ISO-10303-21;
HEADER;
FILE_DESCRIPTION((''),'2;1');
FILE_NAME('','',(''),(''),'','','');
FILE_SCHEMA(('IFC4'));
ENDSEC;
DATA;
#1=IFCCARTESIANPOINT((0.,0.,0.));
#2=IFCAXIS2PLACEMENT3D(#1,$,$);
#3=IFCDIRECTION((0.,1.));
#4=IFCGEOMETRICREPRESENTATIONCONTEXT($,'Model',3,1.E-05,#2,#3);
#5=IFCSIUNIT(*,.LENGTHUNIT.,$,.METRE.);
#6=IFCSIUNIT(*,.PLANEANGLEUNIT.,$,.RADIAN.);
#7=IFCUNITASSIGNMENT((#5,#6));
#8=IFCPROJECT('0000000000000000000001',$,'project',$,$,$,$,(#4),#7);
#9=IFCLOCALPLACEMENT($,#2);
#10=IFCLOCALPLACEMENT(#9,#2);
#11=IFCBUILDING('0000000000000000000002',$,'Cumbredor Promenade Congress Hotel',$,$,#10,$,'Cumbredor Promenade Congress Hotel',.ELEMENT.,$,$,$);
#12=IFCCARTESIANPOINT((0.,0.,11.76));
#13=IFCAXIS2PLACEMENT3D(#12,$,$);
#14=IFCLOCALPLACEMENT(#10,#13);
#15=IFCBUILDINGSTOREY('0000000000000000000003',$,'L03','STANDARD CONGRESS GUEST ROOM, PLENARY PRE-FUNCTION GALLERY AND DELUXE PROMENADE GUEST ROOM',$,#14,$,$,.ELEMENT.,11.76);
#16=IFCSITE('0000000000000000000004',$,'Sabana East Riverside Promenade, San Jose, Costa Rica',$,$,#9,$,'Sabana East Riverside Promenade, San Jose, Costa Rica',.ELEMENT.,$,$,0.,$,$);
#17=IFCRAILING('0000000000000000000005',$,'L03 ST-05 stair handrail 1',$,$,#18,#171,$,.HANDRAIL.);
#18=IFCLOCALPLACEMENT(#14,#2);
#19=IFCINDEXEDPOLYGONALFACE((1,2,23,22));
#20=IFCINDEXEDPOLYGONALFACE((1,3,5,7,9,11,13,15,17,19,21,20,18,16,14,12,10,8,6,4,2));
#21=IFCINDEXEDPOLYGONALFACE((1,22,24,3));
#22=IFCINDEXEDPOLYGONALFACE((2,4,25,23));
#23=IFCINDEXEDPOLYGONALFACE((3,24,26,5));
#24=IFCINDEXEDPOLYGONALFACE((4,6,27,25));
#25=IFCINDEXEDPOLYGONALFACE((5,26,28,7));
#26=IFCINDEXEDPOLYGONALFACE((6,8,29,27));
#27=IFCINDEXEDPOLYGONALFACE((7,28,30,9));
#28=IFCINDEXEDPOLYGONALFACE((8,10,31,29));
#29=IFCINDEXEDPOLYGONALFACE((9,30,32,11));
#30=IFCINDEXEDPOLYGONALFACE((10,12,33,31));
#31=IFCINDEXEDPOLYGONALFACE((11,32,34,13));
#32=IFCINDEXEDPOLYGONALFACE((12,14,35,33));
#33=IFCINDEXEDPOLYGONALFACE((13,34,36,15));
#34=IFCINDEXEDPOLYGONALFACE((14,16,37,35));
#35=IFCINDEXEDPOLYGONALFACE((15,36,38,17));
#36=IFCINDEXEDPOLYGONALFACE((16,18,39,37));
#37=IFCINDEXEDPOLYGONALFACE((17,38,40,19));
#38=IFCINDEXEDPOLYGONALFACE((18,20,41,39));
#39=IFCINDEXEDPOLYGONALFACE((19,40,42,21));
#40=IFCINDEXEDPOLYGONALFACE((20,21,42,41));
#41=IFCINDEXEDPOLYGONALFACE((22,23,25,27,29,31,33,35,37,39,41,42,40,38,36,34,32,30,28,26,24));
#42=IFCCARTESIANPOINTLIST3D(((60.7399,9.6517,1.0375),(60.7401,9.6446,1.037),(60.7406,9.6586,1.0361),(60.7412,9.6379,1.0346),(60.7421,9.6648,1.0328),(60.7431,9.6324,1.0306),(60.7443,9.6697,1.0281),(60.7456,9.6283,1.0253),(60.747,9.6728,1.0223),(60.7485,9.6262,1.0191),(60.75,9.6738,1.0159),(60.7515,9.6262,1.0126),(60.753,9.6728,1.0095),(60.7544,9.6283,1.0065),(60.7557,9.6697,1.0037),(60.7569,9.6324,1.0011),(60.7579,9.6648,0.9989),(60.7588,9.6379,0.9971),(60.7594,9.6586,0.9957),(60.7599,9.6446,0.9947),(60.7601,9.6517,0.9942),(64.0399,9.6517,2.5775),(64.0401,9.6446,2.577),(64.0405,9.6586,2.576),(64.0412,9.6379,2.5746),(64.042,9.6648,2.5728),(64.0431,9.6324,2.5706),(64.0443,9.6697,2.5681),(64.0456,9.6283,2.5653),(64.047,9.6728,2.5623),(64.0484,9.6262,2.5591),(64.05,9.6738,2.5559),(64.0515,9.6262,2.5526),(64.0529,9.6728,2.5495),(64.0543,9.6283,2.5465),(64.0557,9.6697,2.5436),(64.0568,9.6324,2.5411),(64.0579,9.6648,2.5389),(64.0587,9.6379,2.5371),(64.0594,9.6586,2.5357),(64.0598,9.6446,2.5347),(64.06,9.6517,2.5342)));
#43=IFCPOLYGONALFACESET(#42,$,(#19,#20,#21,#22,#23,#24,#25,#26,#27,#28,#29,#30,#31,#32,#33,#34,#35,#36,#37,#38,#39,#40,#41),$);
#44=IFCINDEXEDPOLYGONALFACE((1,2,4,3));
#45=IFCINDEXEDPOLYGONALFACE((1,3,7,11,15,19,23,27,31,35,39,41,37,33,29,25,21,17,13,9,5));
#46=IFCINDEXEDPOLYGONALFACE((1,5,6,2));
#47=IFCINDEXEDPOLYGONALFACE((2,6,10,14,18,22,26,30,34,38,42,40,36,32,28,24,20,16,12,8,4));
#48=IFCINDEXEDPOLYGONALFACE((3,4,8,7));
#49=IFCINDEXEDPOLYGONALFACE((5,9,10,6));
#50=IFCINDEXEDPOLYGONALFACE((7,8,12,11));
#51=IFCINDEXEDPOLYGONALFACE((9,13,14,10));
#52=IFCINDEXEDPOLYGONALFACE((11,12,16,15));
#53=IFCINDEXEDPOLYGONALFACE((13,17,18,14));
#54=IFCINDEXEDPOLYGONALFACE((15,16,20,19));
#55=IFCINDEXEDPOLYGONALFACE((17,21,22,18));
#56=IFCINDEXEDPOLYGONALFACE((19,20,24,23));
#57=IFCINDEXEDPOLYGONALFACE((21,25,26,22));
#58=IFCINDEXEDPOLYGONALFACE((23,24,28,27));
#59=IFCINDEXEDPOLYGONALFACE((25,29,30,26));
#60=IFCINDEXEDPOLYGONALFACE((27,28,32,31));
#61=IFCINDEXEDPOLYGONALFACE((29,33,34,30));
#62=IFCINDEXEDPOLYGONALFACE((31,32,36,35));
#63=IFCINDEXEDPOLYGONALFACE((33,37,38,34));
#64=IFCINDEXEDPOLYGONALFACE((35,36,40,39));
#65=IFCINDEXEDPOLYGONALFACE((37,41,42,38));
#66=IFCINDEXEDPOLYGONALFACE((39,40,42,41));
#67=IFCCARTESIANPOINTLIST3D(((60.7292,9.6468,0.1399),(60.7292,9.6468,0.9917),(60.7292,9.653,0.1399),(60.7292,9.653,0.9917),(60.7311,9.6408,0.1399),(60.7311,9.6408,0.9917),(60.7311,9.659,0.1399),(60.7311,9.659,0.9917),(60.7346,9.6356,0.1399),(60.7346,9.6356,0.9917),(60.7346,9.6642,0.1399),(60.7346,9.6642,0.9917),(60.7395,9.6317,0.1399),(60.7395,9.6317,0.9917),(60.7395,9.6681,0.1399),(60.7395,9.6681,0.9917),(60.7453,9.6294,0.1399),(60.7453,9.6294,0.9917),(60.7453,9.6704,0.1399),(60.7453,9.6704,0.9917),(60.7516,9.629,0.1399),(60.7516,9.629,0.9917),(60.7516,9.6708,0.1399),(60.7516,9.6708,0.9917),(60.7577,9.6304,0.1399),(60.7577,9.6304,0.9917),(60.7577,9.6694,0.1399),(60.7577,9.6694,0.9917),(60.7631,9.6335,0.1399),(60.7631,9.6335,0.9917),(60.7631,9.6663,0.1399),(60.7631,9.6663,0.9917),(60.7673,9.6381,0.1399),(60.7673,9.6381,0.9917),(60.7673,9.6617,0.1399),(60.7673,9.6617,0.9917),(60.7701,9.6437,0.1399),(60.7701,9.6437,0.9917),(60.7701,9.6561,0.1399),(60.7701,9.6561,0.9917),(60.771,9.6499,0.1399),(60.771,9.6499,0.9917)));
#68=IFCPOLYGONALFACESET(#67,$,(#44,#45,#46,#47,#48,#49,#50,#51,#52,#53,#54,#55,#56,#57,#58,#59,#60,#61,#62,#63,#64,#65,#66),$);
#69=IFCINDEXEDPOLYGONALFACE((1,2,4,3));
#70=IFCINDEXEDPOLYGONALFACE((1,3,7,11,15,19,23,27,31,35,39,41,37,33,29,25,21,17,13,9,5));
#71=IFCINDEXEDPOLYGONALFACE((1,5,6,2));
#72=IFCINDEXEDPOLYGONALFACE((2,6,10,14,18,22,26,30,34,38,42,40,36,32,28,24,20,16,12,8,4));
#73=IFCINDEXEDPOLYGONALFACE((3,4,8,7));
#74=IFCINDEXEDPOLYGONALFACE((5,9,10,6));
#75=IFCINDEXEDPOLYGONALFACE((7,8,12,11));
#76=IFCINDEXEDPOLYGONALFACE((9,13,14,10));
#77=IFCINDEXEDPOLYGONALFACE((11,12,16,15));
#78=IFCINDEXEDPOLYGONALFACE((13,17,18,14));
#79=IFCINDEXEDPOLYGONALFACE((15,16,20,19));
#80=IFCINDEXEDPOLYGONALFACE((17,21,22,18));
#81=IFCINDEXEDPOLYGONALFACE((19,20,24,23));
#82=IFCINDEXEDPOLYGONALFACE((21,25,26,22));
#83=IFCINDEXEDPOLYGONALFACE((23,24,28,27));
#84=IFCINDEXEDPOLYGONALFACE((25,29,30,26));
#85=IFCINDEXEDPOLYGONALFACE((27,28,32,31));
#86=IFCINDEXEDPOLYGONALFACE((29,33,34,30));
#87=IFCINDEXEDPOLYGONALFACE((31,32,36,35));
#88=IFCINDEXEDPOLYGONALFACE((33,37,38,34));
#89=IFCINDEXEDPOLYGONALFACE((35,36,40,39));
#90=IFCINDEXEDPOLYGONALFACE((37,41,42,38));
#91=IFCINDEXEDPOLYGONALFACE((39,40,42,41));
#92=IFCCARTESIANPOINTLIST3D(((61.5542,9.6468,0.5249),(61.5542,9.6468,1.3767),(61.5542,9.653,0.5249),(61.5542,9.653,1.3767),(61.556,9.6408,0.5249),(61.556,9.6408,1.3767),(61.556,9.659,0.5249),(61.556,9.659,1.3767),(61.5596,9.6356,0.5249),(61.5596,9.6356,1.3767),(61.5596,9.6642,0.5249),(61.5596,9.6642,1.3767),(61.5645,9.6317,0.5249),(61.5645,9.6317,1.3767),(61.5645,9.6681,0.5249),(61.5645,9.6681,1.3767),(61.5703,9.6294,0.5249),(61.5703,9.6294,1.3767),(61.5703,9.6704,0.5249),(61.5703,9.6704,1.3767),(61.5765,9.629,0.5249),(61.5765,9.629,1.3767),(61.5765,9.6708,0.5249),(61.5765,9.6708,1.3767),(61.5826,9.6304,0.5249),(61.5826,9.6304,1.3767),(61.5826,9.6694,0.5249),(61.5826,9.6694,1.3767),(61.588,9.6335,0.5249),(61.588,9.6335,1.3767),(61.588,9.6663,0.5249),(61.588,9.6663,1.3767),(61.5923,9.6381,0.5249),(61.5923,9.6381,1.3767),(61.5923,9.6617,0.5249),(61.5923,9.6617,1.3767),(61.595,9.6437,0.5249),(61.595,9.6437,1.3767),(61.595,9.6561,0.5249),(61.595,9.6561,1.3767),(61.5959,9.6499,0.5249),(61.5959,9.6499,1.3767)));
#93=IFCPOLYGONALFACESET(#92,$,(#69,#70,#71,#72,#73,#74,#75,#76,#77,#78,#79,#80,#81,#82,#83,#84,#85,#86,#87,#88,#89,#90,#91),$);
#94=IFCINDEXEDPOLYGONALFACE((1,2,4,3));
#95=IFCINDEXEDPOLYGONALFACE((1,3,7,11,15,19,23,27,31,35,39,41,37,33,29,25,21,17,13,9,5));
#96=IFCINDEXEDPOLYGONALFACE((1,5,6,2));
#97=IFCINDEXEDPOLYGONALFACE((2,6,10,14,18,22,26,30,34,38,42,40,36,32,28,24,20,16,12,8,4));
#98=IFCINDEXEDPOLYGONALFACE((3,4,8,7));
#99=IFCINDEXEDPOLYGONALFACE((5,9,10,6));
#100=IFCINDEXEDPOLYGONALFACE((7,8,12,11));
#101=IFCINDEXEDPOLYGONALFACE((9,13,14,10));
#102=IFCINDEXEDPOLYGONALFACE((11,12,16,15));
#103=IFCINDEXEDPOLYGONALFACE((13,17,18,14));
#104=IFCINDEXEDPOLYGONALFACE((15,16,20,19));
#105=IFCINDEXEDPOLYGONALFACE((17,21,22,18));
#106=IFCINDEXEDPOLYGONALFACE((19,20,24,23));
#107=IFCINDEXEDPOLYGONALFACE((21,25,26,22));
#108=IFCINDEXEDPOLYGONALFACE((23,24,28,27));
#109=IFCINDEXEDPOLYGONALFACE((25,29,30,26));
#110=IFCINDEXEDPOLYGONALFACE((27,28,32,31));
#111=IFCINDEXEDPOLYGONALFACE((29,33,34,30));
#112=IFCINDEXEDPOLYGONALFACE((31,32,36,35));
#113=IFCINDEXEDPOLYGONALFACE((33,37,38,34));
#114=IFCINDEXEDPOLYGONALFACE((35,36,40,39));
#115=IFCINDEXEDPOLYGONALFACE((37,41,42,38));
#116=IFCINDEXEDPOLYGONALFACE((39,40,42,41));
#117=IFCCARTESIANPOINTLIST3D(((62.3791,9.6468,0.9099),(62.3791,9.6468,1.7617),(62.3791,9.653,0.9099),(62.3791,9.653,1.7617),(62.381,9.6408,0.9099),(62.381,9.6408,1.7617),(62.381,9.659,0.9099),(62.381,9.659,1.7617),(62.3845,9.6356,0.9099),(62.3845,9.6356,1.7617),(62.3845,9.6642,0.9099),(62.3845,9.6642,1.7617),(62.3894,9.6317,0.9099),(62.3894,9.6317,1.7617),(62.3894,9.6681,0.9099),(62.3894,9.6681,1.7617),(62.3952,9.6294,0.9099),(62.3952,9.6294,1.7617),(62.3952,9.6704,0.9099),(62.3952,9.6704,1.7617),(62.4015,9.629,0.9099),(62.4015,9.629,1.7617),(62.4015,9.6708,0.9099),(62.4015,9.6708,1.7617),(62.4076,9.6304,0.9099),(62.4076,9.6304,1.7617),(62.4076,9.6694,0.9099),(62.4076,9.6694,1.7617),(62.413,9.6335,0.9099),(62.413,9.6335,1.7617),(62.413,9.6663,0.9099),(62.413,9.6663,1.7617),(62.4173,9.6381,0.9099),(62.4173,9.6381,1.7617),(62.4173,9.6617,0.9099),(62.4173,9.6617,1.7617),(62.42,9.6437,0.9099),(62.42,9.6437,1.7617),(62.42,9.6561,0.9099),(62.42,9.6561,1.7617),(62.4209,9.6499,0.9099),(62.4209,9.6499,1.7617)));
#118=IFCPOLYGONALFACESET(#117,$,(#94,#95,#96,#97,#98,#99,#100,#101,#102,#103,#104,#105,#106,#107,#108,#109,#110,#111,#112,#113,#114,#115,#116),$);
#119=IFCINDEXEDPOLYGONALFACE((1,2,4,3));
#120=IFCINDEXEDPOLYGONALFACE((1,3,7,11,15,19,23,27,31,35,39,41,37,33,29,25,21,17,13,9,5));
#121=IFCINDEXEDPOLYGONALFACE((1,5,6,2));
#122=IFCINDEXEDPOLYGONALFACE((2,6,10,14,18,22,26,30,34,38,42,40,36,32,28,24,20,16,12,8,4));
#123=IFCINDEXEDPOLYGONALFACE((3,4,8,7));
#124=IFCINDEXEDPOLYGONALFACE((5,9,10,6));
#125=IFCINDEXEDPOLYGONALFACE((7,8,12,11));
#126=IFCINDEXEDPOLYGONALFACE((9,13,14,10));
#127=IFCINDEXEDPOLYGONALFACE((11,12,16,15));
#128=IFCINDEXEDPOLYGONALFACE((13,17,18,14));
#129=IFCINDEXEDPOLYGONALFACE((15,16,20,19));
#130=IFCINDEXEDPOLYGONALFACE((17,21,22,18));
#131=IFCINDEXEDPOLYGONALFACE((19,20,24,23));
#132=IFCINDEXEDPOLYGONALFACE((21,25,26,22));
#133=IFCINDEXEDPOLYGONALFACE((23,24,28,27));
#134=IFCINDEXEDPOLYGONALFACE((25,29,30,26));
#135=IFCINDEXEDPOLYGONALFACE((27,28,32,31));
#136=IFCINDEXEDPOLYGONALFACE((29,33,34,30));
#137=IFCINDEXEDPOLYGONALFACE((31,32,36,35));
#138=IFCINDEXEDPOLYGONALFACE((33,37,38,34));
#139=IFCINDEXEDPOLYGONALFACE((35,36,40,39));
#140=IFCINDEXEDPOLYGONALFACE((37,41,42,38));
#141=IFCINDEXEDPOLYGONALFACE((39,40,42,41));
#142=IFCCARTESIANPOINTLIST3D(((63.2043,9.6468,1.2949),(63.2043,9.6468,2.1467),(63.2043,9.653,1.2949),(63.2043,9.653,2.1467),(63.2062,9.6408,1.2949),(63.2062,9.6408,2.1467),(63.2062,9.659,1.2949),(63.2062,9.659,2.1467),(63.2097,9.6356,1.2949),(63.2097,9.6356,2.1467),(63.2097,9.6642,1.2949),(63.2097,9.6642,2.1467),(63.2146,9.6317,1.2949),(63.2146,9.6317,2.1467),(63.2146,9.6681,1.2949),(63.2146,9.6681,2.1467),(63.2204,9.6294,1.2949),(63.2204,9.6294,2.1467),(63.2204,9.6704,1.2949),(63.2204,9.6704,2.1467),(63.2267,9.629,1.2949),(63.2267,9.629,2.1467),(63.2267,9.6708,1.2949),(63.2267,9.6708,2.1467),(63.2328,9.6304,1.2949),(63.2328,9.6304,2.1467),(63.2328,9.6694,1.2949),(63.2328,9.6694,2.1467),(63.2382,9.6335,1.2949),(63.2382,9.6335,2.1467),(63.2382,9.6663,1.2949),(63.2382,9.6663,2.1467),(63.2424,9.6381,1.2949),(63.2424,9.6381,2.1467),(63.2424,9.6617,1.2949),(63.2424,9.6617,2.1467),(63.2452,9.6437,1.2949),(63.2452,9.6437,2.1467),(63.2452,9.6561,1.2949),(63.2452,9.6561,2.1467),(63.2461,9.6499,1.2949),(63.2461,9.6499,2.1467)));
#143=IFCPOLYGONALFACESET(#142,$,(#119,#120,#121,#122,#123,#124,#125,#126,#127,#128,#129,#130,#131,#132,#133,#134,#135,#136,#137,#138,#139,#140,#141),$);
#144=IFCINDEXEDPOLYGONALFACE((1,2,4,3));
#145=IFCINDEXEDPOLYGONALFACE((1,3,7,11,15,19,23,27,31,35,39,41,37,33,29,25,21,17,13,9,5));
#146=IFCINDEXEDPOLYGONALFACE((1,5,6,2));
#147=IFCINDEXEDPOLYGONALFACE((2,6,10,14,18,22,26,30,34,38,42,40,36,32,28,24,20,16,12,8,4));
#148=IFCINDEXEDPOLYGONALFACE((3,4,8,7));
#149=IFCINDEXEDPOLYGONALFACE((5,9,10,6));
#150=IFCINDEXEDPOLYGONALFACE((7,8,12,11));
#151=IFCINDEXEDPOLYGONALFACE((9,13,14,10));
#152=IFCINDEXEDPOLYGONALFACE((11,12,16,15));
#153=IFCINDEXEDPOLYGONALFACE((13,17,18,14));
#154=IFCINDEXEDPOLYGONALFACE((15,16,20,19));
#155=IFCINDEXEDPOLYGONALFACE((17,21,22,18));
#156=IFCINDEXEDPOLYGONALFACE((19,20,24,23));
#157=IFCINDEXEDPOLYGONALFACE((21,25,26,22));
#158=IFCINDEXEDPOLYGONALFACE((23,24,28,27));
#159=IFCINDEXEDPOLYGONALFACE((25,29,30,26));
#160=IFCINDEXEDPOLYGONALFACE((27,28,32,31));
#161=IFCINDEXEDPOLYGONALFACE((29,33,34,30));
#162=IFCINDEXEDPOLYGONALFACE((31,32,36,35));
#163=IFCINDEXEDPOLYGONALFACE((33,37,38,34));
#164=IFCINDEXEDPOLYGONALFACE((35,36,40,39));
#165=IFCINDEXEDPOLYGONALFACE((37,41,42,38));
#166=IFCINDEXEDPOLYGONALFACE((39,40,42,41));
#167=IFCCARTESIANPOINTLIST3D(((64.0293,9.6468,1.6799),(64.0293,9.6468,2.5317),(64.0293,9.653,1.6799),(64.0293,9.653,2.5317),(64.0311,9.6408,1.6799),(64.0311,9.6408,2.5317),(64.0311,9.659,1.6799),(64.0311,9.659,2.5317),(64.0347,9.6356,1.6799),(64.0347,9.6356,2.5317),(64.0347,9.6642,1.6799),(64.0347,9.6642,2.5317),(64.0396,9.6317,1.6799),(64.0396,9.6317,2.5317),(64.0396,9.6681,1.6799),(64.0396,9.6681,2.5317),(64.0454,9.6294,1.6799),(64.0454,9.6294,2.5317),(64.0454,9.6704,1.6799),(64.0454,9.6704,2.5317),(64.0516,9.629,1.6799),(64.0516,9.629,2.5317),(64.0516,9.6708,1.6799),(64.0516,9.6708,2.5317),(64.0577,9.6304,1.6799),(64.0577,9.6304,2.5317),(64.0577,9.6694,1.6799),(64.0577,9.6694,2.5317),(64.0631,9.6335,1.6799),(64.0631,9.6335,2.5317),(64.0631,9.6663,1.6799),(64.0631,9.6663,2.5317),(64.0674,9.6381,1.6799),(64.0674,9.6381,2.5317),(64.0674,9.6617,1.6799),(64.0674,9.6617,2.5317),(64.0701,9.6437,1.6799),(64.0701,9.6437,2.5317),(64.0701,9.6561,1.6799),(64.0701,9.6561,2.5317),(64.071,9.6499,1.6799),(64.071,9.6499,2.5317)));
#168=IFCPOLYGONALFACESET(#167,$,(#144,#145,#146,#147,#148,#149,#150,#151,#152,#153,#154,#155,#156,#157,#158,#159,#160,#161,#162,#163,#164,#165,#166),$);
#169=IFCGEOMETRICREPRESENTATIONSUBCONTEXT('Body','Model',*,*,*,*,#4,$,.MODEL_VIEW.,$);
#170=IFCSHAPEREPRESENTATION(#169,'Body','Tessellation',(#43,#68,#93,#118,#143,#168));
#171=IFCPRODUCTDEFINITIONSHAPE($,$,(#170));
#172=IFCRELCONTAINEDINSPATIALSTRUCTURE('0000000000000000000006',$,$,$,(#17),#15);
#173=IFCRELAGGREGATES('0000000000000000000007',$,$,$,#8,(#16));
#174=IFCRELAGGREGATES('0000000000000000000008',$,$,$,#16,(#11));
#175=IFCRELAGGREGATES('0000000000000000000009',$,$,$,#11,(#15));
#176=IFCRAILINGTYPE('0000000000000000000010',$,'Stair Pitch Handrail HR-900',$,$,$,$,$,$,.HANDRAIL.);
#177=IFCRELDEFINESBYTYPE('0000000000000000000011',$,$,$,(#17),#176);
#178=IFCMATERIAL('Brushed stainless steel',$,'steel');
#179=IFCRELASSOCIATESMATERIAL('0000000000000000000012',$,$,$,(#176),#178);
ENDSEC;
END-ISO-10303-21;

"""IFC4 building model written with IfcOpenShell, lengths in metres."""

from ifc_helpers import new_model, si_unit, direction, frame, origin, origin_2d, place, context, subcontext, project, spatial, circle, extrude, material, type_object, element, save


model = new_model("IFC4")

# Units and contexts
model_context = context("Model", 3, precision=1e-05, world=origin(), true_north=direction((0.0, 1.0)))
body_context = subcontext(model_context, "Body", "Model", "MODEL_VIEW")
ifc_project = project(units=[si_unit("LENGTHUNIT", "METRE"), si_unit("PLANEANGLEUNIT", "RADIAN")], contexts=[model_context])

# Site, building, storey
site_placement = place(None, origin())
site = spatial("IfcSite", under=ifc_project, at=site_placement, Name="Sabana East Riverside Promenade, San Jose, Costa Rica", LongName="Sabana East Riverside Promenade, San Jose, Costa Rica", CompositionType="ELEMENT", RefElevation=0.0)
building_placement = place(site_placement, origin())
building = spatial("IfcBuilding", under=site, at=building_placement, Name="Cumbredor Promenade Congress Hotel", LongName="Cumbredor Promenade Congress Hotel", CompositionType="ELEMENT")
storey_placement = place(building_placement, frame((0.0, 0.0, 11.76)))
storey = spatial("IfcBuildingStorey", under=building, at=storey_placement, Name="L03", Description="STANDARD CONGRESS GUEST ROOM, PLENARY PRE-FUNCTION GALLERY AND DELUXE PROMENADE GUEST ROOM", CompositionType="ELEMENT", Elevation=11.76)

# Railing
ifc_material_1 = material(Name="Brushed stainless steel", Category="steel")
railing_type_1 = type_object("IfcRailingType", Name="Stair Pitch Handrail HR-900", PredefinedType="HANDRAIL", material=ifc_material_1)
railing_1_placement = place(storey_placement, frame((60.75, 9.6499, 0.1399)))
element("IfcRailing", 1, at=railing_1_placement, inside=storey, type_object=railing_type_1, Name="L03 ST-05 stair handrail 1", PredefinedType="HANDRAIL", context=body_context, shape_type="SweptSolid", body=[
    extrude(circle(Radius=0.0239, at=origin_2d()), frame((0.0, 0.0, 0.876), z_axis=(0.906181, 0.0, 0.422889), x_axis=(0.0, 1.0, 0.0)), (0.0, 0.0, 1.0), 3.6416),
    extrude(circle(Radius=0.021, at=origin_2d()), origin(), (0.0, 0.0, 1.0), 0.8518),
    extrude(circle(Radius=0.021, at=origin_2d()), frame((0.825, 0.0, 0.385)), (0.0, 0.0, 1.0), 0.8518),
    extrude(circle(Radius=0.021, at=origin_2d()), frame((1.6499, 0.0, 0.77)), (0.0, 0.0, 1.0), 0.8518),
    extrude(circle(Radius=0.021, at=origin_2d()), frame((2.4751, 0.0, 1.155)), (0.0, 0.0, 1.0), 0.8518),
    extrude(circle(Radius=0.021, at=origin_2d()), frame((3.3, 0.0, 1.54)), (0.0, 0.0, 1.0), 0.8518),
])

save(model, "model.ifc")
